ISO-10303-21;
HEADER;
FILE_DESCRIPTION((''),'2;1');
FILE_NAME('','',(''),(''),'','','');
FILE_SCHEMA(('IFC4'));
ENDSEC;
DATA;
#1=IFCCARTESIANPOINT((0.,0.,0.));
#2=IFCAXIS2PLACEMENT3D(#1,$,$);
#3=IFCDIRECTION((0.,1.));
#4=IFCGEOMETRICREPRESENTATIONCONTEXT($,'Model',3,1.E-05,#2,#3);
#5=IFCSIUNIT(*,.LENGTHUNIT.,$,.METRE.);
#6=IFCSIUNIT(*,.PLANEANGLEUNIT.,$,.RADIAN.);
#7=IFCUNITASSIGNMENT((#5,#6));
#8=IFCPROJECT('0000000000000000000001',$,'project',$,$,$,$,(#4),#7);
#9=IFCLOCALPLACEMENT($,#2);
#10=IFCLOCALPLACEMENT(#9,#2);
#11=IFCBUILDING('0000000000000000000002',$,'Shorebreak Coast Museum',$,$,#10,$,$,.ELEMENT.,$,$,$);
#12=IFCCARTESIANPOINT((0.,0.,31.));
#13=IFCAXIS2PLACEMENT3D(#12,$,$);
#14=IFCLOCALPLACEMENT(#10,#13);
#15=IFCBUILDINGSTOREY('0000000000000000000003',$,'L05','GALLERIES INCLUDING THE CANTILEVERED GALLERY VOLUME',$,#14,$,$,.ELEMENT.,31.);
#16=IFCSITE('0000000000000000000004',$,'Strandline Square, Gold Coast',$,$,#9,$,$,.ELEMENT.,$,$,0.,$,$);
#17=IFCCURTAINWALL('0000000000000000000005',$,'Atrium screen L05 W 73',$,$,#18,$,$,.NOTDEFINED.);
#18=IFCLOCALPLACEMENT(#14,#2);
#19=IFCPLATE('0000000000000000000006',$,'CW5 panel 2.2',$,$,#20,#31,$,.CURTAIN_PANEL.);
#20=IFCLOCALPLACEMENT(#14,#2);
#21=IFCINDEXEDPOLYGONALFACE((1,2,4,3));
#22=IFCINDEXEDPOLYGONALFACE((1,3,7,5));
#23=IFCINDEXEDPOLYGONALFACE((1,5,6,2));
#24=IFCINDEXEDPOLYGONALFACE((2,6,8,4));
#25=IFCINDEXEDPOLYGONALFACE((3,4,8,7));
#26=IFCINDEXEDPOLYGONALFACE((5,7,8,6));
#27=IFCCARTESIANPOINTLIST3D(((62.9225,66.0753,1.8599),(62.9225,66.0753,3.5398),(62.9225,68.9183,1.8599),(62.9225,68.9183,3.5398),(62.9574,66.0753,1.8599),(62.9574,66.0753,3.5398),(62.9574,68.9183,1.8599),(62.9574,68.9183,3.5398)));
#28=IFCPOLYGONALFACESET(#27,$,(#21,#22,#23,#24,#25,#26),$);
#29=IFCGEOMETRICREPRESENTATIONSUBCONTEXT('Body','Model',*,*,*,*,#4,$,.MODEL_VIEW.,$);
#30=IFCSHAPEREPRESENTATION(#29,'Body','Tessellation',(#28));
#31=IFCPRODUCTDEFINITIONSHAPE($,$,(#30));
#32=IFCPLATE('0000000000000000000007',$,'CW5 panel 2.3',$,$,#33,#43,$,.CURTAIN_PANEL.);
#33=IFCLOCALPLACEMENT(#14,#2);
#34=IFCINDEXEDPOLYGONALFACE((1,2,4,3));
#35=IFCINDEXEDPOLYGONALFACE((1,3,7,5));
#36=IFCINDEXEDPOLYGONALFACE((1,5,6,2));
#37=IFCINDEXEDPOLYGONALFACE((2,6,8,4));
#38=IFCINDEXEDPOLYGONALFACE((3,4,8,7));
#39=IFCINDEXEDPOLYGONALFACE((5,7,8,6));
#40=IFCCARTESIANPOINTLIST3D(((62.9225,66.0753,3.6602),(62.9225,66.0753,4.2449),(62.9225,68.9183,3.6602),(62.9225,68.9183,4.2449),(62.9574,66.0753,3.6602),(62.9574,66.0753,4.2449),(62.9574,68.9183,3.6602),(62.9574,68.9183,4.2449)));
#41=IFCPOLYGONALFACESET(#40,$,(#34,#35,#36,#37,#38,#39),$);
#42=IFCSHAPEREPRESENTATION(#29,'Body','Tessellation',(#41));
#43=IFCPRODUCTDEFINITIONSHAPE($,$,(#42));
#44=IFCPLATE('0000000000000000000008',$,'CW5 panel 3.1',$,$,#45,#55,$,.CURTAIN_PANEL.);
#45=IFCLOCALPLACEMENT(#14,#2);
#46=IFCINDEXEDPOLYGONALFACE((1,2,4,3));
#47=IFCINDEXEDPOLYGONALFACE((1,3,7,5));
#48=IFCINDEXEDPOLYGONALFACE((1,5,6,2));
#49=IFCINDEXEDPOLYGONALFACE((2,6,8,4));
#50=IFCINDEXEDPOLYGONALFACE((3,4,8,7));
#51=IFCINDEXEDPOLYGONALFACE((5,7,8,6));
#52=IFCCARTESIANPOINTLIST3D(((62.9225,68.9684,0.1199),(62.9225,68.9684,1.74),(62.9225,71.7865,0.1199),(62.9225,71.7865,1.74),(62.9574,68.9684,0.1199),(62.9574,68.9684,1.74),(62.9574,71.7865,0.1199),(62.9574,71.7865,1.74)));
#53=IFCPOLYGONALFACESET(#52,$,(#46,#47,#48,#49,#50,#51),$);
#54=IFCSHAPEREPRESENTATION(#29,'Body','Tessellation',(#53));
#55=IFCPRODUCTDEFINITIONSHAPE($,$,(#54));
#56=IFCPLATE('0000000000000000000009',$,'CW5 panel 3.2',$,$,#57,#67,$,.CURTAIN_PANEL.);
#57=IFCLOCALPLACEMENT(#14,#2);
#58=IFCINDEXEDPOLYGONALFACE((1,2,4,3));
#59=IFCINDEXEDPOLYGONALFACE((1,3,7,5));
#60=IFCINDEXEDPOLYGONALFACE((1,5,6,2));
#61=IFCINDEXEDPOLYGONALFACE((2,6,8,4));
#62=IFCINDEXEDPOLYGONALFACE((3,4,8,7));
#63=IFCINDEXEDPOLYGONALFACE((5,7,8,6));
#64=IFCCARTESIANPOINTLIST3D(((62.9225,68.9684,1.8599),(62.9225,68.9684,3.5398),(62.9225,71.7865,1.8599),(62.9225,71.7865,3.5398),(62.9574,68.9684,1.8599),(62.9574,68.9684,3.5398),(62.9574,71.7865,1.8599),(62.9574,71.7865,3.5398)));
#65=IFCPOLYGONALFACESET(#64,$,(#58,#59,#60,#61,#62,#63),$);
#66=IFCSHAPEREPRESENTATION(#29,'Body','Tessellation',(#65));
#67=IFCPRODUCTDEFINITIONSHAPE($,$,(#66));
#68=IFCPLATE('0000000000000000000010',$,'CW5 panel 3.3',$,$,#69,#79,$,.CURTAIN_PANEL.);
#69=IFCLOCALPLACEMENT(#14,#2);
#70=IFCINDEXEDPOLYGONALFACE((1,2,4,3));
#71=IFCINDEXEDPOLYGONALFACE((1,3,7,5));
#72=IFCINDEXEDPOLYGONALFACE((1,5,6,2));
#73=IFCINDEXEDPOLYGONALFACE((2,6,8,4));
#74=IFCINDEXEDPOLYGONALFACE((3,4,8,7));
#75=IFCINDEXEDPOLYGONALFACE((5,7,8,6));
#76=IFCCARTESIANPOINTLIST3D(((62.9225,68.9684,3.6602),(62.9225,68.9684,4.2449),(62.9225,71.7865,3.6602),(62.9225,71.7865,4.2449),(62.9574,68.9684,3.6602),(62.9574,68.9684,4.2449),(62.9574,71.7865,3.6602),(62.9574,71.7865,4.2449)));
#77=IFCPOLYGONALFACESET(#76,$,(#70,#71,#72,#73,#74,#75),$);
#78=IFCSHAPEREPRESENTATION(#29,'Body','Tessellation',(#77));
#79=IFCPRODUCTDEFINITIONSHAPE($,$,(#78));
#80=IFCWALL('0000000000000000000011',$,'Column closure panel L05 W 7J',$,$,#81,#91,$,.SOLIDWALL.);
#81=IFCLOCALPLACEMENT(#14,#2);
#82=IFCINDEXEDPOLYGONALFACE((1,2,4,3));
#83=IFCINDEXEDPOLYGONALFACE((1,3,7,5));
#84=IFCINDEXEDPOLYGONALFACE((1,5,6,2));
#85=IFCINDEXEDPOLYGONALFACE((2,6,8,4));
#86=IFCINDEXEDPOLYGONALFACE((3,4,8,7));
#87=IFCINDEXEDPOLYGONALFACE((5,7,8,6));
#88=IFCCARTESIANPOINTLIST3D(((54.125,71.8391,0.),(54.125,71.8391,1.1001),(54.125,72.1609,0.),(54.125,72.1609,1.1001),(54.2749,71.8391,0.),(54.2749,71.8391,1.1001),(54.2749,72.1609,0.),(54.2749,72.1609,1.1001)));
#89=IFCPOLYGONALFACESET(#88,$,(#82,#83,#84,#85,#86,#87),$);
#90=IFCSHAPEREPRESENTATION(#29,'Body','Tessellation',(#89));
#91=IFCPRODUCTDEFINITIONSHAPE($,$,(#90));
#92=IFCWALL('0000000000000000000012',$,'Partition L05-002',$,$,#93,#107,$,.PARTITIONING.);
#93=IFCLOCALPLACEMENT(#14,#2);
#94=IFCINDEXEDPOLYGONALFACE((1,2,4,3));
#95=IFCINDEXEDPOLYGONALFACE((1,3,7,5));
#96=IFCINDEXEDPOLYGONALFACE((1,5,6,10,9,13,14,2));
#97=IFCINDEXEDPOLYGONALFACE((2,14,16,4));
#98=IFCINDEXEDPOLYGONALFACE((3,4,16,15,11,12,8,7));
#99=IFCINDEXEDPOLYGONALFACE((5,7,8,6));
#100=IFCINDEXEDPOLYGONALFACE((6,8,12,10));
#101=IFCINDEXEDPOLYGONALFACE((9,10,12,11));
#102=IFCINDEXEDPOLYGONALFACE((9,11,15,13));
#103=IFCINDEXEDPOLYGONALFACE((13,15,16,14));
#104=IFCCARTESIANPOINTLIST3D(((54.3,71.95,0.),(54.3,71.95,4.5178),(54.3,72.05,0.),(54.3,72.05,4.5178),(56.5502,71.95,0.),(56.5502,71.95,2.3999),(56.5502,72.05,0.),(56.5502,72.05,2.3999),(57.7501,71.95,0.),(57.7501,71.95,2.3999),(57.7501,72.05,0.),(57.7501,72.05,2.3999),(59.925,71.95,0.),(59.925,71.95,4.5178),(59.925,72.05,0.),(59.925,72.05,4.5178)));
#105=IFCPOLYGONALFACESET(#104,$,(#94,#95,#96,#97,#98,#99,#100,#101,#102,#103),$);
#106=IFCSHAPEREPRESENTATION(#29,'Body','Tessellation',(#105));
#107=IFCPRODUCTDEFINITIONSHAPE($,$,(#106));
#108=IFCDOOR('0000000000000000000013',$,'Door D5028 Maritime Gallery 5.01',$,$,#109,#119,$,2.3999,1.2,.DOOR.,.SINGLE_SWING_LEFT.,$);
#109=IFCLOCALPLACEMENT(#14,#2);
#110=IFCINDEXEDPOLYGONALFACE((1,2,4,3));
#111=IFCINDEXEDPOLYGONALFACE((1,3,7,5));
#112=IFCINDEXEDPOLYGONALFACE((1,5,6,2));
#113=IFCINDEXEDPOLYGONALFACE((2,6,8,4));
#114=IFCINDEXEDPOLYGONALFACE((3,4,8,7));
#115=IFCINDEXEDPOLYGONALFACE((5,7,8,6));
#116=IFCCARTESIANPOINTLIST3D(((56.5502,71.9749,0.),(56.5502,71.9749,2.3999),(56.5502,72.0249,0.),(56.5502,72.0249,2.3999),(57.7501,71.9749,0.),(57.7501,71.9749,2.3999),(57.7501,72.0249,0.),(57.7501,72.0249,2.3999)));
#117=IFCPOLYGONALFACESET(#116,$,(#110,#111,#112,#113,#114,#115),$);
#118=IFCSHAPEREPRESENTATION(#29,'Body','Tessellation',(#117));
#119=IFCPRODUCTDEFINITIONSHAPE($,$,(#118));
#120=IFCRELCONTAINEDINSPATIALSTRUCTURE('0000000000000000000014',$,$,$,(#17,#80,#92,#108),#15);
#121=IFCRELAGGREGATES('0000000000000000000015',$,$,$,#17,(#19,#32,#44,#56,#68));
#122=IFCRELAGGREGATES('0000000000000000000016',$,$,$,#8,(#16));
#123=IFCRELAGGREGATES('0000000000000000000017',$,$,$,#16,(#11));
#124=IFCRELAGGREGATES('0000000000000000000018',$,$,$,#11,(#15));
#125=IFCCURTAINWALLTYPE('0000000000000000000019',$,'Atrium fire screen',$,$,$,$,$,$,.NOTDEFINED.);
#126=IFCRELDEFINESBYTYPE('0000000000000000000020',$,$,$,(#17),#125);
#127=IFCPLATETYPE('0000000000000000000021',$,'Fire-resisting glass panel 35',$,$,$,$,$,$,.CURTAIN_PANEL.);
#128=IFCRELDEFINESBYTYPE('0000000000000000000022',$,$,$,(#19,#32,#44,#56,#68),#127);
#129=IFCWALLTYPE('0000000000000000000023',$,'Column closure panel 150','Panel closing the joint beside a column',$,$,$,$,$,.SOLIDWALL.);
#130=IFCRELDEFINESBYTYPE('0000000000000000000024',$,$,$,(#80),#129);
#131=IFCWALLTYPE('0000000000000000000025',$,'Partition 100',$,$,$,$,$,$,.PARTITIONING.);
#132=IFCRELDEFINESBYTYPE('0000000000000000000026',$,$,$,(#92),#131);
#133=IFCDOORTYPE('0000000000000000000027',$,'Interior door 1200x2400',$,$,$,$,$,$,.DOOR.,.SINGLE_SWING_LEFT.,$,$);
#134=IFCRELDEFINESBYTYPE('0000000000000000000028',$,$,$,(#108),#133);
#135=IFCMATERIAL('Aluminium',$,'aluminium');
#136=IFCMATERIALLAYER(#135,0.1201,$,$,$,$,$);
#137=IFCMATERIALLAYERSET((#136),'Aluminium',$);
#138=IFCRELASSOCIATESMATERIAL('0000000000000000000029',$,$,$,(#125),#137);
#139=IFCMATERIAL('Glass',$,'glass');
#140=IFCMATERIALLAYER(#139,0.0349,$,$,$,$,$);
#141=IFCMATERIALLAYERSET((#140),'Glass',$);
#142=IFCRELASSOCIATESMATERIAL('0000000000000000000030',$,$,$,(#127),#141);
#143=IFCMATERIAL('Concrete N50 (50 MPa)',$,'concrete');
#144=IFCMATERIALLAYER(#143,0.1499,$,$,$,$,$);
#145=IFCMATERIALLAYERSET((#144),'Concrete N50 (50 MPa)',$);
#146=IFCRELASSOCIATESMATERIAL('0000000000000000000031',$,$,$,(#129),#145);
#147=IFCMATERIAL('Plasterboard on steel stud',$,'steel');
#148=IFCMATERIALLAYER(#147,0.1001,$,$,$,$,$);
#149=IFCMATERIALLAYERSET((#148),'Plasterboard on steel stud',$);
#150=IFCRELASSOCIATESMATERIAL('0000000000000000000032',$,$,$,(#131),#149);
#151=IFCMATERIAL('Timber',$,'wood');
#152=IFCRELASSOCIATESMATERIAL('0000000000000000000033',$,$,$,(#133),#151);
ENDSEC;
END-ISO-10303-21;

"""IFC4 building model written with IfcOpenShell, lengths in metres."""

from ifc_helpers import new_model, si_unit, direction, frame, frame_2d, origin, origin_2d, place, context, subcontext, project, spatial, rectangle, extrude, material, layer, layer_set, type_object, element, fill, aggregate, save


model = new_model("IFC4")

# Units and contexts
model_context = context("Model", 3, precision=1e-05, world=origin(), true_north=direction((0.0, 1.0)))
body_context = subcontext(model_context, "Body", "Model", "MODEL_VIEW")
ifc_project = project(units=[si_unit("LENGTHUNIT", "METRE"), si_unit("PLANEANGLEUNIT", "RADIAN")], contexts=[model_context])

# Site, building, storey
site_placement = place(None, origin())
site = spatial("IfcSite", under=ifc_project, at=site_placement, Name="Strandline Square, Gold Coast", CompositionType="ELEMENT", RefElevation=0.0)
building_placement = place(site_placement, origin())
building = spatial("IfcBuilding", under=site, at=building_placement, Name="Shorebreak Coast Museum", CompositionType="ELEMENT")
storey_placement = place(building_placement, frame((0.0, 0.0, 31.0)))
storey = spatial("IfcBuildingStorey", under=building, at=storey_placement, Name="L05", Description="GALLERIES INCLUDING THE CANTILEVERED GALLERY VOLUME", CompositionType="ELEMENT", Elevation=31.0)

# Curtain wall
ifc_material_1 = material(Name="Aluminium", Category="aluminium")
ifc_layer_1 = layer(ifc_material_1, 0.1201)
ifc_layer_set_1 = layer_set([ifc_layer_1], Name="Aluminium")
curtain_wall_type = type_object("IfcCurtainWallType", Name="Atrium fire screen", PredefinedType="NOTDEFINED", material=ifc_layer_set_1)
curtain_wall_1_placement = place(storey_placement, origin())
curtain_wall_1 = element("IfcCurtainWall", 1, at=curtain_wall_1_placement, inside=storey, type_object=curtain_wall_type, Name="Atrium screen L05 W 73", PredefinedType="NOTDEFINED")

# Plates
ifc_material_2 = material(Name="Glass", Category="glass")
ifc_layer_2 = layer(ifc_material_2, 0.0349)
ifc_layer_set_2 = layer_set([ifc_layer_2], Name="Glass")
plate_type = type_object("IfcPlateType", Name="Fire-resisting glass panel 35", PredefinedType="CURTAIN_PANEL", material=ifc_layer_set_2)
plate_1_placement = place(storey_placement, frame((62.9399, 67.4968, 1.8599), z_axis=(0.0, 0.0, 1.0), x_axis=(0.0, 1.0, 0.0)))
plate_1 = element("IfcPlate", 2, at=plate_1_placement, type_object=plate_type, Name="CW5 panel 2.2", PredefinedType="CURTAIN_PANEL", context=body_context, shape_type="SweptSolid", body=[
    extrude(rectangle(XDim=2.843, YDim=0.0349, at=origin_2d()), origin(), (0.0, 0.0, 1.0), 1.6799),
])
plate_2_placement = place(storey_placement, frame((62.9399, 67.4968, 3.6602), z_axis=(0.0, 0.0, 1.0), x_axis=(0.0, 1.0, 0.0)))
plate_2 = element("IfcPlate", 3, at=plate_2_placement, type_object=plate_type, Name="CW5 panel 2.3", PredefinedType="CURTAIN_PANEL", context=body_context, shape_type="SweptSolid", body=[
    extrude(rectangle(XDim=2.843, YDim=0.0349, at=origin_2d()), origin(), (0.0, 0.0, 1.0), 0.5847),
])
plate_3_placement = place(storey_placement, frame((62.9399, 70.3774, 0.1199), z_axis=(0.0, 0.0, 1.0), x_axis=(0.0, 1.0, 0.0)))
plate_3 = element("IfcPlate", 4, at=plate_3_placement, type_object=plate_type, Name="CW5 panel 3.1", PredefinedType="CURTAIN_PANEL", context=body_context, shape_type="SweptSolid", body=[
    extrude(rectangle(XDim=2.8181, YDim=0.0349, at=origin_2d()), origin(), (0.0, 0.0, 1.0), 1.6201),
])
plate_4_placement = place(storey_placement, frame((62.9399, 70.3774, 1.8599), z_axis=(0.0, 0.0, 1.0), x_axis=(0.0, 1.0, 0.0)))
plate_4 = element("IfcPlate", 5, at=plate_4_placement, type_object=plate_type, Name="CW5 panel 3.2", PredefinedType="CURTAIN_PANEL", context=body_context, shape_type="SweptSolid", body=[
    extrude(rectangle(XDim=2.8181, YDim=0.0349, at=origin_2d()), origin(), (0.0, 0.0, 1.0), 1.6799),
])
plate_5_placement = place(storey_placement, frame((62.9399, 70.3774, 3.6602), z_axis=(0.0, 0.0, 1.0), x_axis=(0.0, 1.0, 0.0)))
plate_5 = element("IfcPlate", 6, at=plate_5_placement, type_object=plate_type, Name="CW5 panel 3.3", PredefinedType="CURTAIN_PANEL", context=body_context, shape_type="SweptSolid", body=[
    extrude(rectangle(XDim=2.8181, YDim=0.0349, at=origin_2d()), origin(), (0.0, 0.0, 1.0), 0.5847),
])
aggregate(curtain_wall_1, [plate_1, plate_2, plate_3, plate_4, plate_5])

# Wall
ifc_material_3 = material(Name="Concrete N50 (50 MPa)", Category="concrete")
ifc_layer_3 = layer(ifc_material_3, 0.1499)
ifc_layer_set_3 = layer_set([ifc_layer_3], Name="Concrete N50 (50 MPa)")
wall_type_1 = type_object("IfcWallType", Name="Column closure panel 150", Description="Panel closing the joint beside a column", PredefinedType="SOLIDWALL", material=ifc_layer_set_3)
wall_1_placement = place(storey_placement, frame((54.2, 71.8391, 0.0), z_axis=(0.0, 0.0, 1.0), x_axis=(0.0, 1.0, 0.0)))
element("IfcWall", 7, at=wall_1_placement, inside=storey, type_object=wall_type_1, Name="Column closure panel L05 W 7J", PredefinedType="SOLIDWALL", context=body_context, shape_type="SweptSolid", body=[
    extrude(rectangle(XDim=0.3218, YDim=0.1499, at=frame_2d((0.1609, 0.0))), origin(), (0.0, 0.0, 1.0), 1.1001),
])

# Wall, opening, door
ifc_material_4 = material(Name="Plasterboard on steel stud", Category="steel")
ifc_layer_4 = layer(ifc_material_4, 0.1001)
ifc_layer_set_4 = layer_set([ifc_layer_4], Name="Plasterboard on steel stud")
wall_type_2 = type_object("IfcWallType", Name="Partition 100", PredefinedType="PARTITIONING", material=ifc_layer_set_4)
wall_2_placement = place(storey_placement, frame((54.3, 72.0, 0.0), z_axis=(0.0, 0.0, 1.0), x_axis=(1.0, 0.0, 0.0)))
wall_2 = element("IfcWall", 8, at=wall_2_placement, inside=storey, type_object=wall_type_2, Name="Partition L05-002", PredefinedType="PARTITIONING", context=body_context, shape_type="SweptSolid", body=[
    extrude(rectangle(XDim=5.625, YDim=0.1001, at=frame_2d((2.8125, 0.0))), origin(), (0.0, 0.0, 1.0), 4.5178),
])
opening_placement = place(wall_2_placement, frame((2.25, 0.0, 0.0)))
opening = element("IfcOpeningElement", 9, at=opening_placement, cuts=wall_2, PredefinedType="OPENING", context=body_context, shape_type="SweptSolid", body=[
    extrude(rectangle(XDim=1.2, YDim=2.3999, at=frame_2d((0.6001, 1.2))), frame((0.0, 0.0601, 0.0), z_axis=(0.0, -1.0, 0.0), x_axis=(1.0, 0.0, 0.0)), (0.0, 0.0, 1.0), 0.1201),
])
ifc_material_5 = material(Name="Timber", Category="wood")
door_type = type_object("IfcDoorType", Name="Interior door 1200x2400", OperationType="SINGLE_SWING_LEFT", PredefinedType="DOOR", material=ifc_material_5)
door_placement = place(opening_placement, origin())
door = element("IfcDoor", 10, at=door_placement, inside=storey, type_object=door_type, Name="Door D5028 Maritime Gallery 5.01", OperationType="SINGLE_SWING_LEFT", OverallHeight=2.3999, OverallWidth=1.2, PredefinedType="DOOR", context=body_context, shape_type="SweptSolid", body=[
    extrude(rectangle(XDim=1.2, YDim=2.3999, at=frame_2d((0.6001, 1.2))), frame((0.0, 0.0249, 0.0), z_axis=(0.0, -1.0, 0.0), x_axis=(1.0, 0.0, 0.0)), (0.0, 0.0, 1.0), 0.05),
])
fill(opening, door)

save(model, "model.ifc")
